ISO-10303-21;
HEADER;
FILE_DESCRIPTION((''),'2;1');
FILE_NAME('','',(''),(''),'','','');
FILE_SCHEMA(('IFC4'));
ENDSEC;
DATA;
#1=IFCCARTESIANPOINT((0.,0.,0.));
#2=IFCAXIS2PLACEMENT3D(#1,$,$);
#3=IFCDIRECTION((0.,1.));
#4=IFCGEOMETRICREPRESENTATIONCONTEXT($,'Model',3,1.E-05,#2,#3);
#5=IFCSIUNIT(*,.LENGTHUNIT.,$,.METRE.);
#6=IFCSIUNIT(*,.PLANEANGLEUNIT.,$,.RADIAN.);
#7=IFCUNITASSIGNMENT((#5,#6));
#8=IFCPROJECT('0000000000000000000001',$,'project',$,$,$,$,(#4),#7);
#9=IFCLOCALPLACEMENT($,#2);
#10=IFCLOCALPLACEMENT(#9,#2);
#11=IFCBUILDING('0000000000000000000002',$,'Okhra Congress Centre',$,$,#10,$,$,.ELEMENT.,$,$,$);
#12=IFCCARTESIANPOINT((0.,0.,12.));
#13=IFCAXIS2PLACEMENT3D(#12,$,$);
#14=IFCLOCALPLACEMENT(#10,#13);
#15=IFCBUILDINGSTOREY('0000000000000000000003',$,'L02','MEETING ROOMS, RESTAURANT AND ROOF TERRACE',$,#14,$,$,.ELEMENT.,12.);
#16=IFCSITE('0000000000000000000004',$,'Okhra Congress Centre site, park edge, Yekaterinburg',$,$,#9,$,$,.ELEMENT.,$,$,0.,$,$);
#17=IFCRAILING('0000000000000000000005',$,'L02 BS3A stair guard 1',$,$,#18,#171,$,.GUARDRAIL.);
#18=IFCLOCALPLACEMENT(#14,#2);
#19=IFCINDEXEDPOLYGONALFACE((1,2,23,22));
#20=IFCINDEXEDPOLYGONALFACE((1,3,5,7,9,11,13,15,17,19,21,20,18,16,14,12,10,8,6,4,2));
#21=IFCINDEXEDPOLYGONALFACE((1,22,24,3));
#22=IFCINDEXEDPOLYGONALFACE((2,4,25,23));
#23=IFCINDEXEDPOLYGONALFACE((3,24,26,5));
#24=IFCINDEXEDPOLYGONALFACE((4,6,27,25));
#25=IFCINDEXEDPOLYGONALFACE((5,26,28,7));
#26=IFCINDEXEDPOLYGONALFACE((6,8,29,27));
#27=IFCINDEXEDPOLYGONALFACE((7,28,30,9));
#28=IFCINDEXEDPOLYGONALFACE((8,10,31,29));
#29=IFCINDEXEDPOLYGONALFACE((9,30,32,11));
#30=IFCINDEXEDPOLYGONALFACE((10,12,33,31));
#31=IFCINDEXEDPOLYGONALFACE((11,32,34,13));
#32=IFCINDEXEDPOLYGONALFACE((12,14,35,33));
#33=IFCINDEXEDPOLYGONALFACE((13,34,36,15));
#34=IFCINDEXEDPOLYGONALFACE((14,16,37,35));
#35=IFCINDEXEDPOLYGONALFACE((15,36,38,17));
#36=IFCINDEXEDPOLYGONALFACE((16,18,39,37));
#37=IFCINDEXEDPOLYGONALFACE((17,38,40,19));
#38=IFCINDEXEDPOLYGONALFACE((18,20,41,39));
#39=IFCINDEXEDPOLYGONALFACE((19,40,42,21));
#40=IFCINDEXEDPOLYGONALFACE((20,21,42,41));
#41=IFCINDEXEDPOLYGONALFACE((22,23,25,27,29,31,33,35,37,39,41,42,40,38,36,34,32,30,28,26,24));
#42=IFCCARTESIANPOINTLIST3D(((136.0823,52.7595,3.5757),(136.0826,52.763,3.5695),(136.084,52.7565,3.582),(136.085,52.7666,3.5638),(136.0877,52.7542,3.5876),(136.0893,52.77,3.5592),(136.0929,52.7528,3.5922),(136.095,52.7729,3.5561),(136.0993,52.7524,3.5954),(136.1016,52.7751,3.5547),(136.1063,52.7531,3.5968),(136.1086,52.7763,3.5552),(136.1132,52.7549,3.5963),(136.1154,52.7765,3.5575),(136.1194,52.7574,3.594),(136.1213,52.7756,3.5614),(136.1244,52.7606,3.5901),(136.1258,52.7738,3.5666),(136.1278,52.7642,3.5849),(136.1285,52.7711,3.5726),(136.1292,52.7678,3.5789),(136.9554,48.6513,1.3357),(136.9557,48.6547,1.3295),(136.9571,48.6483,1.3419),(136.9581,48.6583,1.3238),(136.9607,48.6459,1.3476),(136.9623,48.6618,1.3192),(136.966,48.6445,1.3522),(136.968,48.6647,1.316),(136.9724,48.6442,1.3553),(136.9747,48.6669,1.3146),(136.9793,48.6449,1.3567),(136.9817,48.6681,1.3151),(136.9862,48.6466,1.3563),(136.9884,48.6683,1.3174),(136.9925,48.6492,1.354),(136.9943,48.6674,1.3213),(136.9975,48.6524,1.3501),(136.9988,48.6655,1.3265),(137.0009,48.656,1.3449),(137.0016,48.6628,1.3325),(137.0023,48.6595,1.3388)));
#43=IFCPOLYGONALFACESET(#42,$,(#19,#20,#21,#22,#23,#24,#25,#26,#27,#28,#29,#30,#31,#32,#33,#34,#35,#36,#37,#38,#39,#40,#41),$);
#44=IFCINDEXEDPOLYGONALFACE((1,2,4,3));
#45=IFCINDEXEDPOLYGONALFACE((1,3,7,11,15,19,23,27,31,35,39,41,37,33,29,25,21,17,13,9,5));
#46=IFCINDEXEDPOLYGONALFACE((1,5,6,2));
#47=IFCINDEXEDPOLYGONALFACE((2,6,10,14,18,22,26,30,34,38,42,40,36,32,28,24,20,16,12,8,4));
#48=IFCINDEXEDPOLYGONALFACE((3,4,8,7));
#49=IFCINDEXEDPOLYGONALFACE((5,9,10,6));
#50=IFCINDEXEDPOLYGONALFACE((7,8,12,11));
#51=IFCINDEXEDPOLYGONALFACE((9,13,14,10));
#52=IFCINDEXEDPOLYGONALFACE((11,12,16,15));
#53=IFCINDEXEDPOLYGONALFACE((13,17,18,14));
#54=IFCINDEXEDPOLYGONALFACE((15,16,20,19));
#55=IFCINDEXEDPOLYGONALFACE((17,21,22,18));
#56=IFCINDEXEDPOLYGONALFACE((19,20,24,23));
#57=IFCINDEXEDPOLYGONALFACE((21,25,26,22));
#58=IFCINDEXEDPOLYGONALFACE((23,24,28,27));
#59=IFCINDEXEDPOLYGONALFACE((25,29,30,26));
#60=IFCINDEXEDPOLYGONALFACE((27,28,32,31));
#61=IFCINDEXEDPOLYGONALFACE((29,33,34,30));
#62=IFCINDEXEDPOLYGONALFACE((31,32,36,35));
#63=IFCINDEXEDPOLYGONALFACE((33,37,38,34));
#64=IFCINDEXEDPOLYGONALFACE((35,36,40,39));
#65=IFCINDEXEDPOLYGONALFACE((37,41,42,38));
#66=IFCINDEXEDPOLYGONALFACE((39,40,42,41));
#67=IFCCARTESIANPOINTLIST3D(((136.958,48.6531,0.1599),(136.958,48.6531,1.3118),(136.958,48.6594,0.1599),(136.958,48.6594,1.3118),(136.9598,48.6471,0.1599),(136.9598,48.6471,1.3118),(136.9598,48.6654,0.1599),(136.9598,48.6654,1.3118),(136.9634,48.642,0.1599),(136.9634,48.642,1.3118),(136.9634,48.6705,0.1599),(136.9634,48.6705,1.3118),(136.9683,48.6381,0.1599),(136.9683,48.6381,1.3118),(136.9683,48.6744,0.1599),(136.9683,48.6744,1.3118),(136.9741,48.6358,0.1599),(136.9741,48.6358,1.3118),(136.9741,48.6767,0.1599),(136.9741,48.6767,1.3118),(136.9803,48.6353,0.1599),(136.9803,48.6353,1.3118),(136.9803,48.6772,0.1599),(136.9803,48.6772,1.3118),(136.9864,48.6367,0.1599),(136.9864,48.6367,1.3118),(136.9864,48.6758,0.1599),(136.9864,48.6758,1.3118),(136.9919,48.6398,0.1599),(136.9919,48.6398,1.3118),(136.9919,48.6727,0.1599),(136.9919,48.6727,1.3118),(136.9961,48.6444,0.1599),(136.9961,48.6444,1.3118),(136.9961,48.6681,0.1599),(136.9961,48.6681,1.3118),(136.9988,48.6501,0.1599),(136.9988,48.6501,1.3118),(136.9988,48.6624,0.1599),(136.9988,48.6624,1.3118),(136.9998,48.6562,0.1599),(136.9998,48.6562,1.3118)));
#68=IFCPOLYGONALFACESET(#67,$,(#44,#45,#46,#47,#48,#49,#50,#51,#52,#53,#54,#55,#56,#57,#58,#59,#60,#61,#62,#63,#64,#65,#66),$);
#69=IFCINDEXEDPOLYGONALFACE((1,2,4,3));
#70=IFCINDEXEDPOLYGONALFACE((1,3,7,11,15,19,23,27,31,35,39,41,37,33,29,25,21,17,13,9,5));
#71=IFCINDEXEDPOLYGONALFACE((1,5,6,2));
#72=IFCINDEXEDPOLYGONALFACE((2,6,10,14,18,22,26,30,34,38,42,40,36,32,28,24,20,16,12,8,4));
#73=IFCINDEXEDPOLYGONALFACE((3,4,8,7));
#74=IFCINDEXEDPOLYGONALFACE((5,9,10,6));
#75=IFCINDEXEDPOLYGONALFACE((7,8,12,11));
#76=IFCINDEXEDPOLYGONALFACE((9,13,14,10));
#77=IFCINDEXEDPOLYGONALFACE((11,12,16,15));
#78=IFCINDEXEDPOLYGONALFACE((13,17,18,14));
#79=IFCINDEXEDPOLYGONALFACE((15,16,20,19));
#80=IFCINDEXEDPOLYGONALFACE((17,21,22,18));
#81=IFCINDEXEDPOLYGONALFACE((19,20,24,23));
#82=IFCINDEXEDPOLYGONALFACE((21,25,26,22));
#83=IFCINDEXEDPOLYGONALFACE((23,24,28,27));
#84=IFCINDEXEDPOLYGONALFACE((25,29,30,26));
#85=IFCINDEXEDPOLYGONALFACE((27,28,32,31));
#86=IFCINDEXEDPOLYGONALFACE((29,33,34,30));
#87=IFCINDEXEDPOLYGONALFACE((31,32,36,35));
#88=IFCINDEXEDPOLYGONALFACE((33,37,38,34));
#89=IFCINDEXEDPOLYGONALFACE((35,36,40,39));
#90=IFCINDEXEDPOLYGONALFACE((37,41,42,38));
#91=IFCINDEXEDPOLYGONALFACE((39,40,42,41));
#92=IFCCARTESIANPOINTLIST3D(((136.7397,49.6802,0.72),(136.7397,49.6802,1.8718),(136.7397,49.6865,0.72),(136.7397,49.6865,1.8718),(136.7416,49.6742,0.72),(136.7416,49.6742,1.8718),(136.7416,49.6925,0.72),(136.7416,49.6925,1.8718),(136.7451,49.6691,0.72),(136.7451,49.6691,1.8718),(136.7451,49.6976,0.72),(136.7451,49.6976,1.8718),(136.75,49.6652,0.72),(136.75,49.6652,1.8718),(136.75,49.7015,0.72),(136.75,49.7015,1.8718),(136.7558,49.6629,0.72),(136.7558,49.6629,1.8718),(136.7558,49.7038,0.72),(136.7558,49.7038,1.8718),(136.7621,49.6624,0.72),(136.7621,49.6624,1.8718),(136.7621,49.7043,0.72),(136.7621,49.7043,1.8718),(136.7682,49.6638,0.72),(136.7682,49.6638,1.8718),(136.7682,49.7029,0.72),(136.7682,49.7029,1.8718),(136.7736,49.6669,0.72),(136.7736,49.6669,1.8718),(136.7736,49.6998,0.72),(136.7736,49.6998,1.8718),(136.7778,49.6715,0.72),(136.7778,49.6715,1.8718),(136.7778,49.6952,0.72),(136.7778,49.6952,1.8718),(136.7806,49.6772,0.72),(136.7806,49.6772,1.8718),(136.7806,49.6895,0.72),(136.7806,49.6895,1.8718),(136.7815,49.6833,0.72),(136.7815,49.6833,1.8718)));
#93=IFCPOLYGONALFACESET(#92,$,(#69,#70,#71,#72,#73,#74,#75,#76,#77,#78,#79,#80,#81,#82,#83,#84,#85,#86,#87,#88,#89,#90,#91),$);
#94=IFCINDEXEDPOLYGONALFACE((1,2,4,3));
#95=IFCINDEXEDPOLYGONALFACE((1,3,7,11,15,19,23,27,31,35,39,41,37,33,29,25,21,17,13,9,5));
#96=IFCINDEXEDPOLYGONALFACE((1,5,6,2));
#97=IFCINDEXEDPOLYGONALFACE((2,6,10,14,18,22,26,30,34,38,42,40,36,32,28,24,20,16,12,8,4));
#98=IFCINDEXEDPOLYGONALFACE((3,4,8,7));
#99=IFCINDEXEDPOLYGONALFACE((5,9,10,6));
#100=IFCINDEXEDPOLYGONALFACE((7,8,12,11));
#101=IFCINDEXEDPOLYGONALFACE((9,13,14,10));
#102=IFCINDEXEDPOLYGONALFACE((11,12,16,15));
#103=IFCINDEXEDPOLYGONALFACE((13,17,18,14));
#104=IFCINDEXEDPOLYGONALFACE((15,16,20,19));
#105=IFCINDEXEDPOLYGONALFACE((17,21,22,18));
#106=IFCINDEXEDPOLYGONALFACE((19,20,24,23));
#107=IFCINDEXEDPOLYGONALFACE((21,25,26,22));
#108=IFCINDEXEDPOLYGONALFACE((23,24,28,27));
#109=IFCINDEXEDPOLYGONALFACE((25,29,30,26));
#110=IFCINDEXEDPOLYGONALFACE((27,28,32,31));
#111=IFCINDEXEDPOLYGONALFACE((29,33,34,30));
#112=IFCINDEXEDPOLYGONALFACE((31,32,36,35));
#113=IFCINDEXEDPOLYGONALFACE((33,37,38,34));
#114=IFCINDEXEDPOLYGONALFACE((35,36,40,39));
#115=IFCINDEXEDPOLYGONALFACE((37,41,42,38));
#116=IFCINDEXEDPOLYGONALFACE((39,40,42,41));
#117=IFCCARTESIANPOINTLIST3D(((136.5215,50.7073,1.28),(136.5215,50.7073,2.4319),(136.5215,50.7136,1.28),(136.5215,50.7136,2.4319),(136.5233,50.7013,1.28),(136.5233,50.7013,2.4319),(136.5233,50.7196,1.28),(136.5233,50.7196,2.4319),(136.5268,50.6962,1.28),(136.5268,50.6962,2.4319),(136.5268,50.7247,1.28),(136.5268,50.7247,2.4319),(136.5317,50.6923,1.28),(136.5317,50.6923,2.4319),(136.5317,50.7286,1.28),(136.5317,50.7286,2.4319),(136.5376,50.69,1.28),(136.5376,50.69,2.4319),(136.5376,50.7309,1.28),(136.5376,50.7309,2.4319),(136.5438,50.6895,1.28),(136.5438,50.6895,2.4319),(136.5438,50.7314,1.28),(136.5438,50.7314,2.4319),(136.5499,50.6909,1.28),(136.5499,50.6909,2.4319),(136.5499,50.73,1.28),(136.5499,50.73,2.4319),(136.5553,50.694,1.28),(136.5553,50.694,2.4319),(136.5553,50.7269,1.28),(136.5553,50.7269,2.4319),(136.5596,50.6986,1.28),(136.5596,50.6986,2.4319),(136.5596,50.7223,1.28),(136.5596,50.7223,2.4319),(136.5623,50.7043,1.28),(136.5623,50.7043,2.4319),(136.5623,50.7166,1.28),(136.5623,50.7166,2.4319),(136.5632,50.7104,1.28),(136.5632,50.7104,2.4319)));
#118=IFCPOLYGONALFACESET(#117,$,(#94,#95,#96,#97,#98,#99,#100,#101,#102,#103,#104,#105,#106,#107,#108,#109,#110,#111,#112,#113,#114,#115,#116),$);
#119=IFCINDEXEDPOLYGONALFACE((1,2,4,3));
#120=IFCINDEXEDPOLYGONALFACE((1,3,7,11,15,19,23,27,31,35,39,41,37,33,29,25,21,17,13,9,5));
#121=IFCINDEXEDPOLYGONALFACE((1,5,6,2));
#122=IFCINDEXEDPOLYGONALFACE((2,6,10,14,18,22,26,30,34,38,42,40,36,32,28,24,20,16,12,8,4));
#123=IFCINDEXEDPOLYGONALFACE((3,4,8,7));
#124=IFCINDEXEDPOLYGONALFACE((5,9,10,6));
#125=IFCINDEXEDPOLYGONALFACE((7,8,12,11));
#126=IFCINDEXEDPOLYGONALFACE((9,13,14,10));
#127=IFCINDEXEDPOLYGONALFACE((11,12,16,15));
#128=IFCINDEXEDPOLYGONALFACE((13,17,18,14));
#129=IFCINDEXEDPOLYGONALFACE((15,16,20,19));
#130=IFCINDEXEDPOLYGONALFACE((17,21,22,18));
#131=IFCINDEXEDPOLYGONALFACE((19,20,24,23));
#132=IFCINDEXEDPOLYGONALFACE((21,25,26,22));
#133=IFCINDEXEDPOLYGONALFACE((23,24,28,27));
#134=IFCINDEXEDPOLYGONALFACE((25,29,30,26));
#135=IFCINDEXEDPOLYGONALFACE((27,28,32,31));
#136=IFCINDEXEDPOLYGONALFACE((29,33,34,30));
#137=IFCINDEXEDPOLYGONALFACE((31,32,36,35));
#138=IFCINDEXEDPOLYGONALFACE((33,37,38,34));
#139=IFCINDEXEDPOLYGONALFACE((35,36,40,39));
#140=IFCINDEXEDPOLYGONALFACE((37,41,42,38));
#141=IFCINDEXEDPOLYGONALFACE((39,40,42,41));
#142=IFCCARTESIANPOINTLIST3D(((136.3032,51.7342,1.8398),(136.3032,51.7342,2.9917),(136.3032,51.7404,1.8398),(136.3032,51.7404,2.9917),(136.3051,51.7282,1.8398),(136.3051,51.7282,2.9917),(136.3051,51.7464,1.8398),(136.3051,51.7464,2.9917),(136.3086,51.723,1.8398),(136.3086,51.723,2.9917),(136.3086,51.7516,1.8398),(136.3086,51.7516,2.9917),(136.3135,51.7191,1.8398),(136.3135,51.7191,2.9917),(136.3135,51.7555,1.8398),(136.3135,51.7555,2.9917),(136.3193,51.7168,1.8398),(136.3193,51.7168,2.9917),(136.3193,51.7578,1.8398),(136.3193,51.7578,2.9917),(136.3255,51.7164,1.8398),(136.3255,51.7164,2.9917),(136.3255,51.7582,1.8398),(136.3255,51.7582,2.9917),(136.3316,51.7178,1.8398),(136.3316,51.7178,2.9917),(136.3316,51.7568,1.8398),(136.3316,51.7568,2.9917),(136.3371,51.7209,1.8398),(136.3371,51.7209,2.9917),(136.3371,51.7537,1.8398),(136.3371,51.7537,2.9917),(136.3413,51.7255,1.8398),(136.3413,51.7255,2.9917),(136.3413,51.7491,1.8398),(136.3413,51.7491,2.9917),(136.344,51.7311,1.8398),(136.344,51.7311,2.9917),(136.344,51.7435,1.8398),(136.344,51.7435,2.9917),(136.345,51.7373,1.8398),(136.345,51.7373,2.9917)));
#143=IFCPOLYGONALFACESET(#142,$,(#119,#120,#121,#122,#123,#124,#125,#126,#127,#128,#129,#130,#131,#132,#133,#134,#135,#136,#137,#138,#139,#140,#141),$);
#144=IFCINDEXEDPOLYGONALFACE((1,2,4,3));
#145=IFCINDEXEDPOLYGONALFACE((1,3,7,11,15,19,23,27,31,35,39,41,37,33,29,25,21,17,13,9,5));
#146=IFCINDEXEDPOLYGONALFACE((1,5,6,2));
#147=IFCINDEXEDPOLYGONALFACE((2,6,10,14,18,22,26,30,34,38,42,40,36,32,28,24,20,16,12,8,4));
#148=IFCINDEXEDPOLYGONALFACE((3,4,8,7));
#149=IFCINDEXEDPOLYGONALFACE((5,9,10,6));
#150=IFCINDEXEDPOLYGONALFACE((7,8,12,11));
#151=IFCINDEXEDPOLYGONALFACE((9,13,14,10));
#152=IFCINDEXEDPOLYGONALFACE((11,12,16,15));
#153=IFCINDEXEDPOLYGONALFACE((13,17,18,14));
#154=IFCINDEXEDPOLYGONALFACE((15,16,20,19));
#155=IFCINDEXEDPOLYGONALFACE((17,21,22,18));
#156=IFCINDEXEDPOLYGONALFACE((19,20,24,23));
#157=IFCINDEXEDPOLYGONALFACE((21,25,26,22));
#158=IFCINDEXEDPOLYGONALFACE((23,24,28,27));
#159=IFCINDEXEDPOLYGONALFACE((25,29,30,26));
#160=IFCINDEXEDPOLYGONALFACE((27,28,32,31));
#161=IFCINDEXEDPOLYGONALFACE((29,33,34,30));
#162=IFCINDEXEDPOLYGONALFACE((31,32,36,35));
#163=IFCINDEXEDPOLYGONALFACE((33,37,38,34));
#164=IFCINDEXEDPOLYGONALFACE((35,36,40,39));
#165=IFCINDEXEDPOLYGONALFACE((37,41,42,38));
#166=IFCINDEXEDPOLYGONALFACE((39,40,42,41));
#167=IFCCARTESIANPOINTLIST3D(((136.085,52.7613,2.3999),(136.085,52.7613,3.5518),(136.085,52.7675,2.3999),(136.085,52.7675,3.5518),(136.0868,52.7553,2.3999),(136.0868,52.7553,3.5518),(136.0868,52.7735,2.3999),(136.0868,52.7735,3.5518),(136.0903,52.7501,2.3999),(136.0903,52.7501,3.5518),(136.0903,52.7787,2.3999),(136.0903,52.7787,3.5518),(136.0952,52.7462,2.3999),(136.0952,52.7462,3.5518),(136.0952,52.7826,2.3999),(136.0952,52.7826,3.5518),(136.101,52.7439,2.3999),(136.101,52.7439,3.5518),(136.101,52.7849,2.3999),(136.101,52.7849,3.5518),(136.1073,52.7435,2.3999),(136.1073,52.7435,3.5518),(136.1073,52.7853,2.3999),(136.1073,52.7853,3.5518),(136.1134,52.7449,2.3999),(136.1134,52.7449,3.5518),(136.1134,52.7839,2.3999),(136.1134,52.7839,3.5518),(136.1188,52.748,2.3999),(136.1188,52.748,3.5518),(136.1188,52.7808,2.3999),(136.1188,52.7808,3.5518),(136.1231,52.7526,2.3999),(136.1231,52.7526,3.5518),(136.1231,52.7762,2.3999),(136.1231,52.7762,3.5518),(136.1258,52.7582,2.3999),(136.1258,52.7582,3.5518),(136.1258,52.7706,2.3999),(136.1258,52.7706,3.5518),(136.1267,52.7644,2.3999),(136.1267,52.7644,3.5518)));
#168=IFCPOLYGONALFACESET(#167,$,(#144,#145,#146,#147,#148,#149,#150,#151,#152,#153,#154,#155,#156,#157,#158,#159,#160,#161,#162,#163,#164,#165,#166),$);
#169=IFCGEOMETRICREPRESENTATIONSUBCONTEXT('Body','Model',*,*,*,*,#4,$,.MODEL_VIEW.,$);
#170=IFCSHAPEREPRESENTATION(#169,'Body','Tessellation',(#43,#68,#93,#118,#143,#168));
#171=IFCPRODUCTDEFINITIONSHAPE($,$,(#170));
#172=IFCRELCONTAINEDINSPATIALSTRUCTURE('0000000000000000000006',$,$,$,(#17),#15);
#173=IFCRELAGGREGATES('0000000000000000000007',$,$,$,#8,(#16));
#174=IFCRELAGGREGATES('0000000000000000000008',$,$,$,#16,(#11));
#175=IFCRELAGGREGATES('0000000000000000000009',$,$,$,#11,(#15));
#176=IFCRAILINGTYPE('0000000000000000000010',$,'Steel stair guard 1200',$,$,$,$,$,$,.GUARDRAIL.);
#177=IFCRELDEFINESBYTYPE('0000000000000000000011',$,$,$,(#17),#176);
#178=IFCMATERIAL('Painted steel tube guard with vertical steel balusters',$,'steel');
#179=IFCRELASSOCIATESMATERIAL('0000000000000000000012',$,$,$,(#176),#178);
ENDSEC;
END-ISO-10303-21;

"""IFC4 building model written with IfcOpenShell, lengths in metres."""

from ifc_helpers import new_model, si_unit, direction, frame, origin, origin_2d, place, context, subcontext, project, spatial, circle, extrude, material, type_object, element, save


model = new_model("IFC4")

# Units and contexts
model_context = context("Model", 3, precision=1e-05, world=origin(), true_north=direction((0.0, 1.0)))
body_context = subcontext(model_context, "Body", "Model", "MODEL_VIEW")
ifc_project = project(units=[si_unit("LENGTHUNIT", "METRE"), si_unit("PLANEANGLEUNIT", "RADIAN")], contexts=[model_context])

# Site, building, storey
site_placement = place(None, origin())
site = spatial("IfcSite", under=ifc_project, at=site_placement, Name="Okhra Congress Centre site, park edge, Yekaterinburg", CompositionType="ELEMENT", RefElevation=0.0)
building_placement = place(site_placement, origin())
building = spatial("IfcBuilding", under=site, at=building_placement, Name="Okhra Congress Centre", CompositionType="ELEMENT")
storey_placement = place(building_placement, frame((0.0, 0.0, 12.0)))
storey = spatial("IfcBuildingStorey", under=building, at=storey_placement, Name="L02", Description="MEETING ROOMS, RESTAURANT AND ROOF TERRACE", CompositionType="ELEMENT", Elevation=12.0)

# Railing
ifc_material_1 = material(Name="Painted steel tube guard with vertical steel balusters", Category="steel")
railing_type_1 = type_object("IfcRailingType", Name="Steel stair guard 1200", PredefinedType="GUARDRAIL", material=ifc_material_1)
railing_1_placement = place(storey_placement, frame((136.9788, 48.6562, 0.1599)))
element("IfcRailing", 1, at=railing_1_placement, inside=storey, type_object=railing_type_1, Name="L02 BS3A stair guard 1", PredefinedType="GUARDRAIL", context=body_context, shape_type="SweptSolid", body=[
    extrude(circle(Radius=0.0239, at=origin_2d()), frame((0.0, 0.0, 1.1758), z_axis=(-0.183417, 0.863075, 0.470596), x_axis=(-0.978156, -0.207873, 0.0)), (0.0, 0.0, 1.0), 4.76),
    extrude(circle(Radius=0.021, at=origin_2d()), origin(), (0.0, 0.0, 1.0), 1.1519),
    extrude(circle(Radius=0.021, at=origin_2d()), frame((-0.2183, 1.0271, 0.5601)), (0.0, 0.0, 1.0), 1.1519),
    extrude(circle(Radius=0.021, at=origin_2d()), frame((-0.4365, 2.0542, 1.1201)), (0.0, 0.0, 1.0), 1.1519),
    extrude(circle(Radius=0.021, at=origin_2d()), frame((-0.6548, 3.0811, 1.6799)), (0.0, 0.0, 1.0), 1.1519),
    extrude(circle(Radius=0.021, at=origin_2d()), frame((-0.873, 4.1082, 2.24)), (0.0, 0.0, 1.0), 1.1519),
])

save(model, "model.ifc")
